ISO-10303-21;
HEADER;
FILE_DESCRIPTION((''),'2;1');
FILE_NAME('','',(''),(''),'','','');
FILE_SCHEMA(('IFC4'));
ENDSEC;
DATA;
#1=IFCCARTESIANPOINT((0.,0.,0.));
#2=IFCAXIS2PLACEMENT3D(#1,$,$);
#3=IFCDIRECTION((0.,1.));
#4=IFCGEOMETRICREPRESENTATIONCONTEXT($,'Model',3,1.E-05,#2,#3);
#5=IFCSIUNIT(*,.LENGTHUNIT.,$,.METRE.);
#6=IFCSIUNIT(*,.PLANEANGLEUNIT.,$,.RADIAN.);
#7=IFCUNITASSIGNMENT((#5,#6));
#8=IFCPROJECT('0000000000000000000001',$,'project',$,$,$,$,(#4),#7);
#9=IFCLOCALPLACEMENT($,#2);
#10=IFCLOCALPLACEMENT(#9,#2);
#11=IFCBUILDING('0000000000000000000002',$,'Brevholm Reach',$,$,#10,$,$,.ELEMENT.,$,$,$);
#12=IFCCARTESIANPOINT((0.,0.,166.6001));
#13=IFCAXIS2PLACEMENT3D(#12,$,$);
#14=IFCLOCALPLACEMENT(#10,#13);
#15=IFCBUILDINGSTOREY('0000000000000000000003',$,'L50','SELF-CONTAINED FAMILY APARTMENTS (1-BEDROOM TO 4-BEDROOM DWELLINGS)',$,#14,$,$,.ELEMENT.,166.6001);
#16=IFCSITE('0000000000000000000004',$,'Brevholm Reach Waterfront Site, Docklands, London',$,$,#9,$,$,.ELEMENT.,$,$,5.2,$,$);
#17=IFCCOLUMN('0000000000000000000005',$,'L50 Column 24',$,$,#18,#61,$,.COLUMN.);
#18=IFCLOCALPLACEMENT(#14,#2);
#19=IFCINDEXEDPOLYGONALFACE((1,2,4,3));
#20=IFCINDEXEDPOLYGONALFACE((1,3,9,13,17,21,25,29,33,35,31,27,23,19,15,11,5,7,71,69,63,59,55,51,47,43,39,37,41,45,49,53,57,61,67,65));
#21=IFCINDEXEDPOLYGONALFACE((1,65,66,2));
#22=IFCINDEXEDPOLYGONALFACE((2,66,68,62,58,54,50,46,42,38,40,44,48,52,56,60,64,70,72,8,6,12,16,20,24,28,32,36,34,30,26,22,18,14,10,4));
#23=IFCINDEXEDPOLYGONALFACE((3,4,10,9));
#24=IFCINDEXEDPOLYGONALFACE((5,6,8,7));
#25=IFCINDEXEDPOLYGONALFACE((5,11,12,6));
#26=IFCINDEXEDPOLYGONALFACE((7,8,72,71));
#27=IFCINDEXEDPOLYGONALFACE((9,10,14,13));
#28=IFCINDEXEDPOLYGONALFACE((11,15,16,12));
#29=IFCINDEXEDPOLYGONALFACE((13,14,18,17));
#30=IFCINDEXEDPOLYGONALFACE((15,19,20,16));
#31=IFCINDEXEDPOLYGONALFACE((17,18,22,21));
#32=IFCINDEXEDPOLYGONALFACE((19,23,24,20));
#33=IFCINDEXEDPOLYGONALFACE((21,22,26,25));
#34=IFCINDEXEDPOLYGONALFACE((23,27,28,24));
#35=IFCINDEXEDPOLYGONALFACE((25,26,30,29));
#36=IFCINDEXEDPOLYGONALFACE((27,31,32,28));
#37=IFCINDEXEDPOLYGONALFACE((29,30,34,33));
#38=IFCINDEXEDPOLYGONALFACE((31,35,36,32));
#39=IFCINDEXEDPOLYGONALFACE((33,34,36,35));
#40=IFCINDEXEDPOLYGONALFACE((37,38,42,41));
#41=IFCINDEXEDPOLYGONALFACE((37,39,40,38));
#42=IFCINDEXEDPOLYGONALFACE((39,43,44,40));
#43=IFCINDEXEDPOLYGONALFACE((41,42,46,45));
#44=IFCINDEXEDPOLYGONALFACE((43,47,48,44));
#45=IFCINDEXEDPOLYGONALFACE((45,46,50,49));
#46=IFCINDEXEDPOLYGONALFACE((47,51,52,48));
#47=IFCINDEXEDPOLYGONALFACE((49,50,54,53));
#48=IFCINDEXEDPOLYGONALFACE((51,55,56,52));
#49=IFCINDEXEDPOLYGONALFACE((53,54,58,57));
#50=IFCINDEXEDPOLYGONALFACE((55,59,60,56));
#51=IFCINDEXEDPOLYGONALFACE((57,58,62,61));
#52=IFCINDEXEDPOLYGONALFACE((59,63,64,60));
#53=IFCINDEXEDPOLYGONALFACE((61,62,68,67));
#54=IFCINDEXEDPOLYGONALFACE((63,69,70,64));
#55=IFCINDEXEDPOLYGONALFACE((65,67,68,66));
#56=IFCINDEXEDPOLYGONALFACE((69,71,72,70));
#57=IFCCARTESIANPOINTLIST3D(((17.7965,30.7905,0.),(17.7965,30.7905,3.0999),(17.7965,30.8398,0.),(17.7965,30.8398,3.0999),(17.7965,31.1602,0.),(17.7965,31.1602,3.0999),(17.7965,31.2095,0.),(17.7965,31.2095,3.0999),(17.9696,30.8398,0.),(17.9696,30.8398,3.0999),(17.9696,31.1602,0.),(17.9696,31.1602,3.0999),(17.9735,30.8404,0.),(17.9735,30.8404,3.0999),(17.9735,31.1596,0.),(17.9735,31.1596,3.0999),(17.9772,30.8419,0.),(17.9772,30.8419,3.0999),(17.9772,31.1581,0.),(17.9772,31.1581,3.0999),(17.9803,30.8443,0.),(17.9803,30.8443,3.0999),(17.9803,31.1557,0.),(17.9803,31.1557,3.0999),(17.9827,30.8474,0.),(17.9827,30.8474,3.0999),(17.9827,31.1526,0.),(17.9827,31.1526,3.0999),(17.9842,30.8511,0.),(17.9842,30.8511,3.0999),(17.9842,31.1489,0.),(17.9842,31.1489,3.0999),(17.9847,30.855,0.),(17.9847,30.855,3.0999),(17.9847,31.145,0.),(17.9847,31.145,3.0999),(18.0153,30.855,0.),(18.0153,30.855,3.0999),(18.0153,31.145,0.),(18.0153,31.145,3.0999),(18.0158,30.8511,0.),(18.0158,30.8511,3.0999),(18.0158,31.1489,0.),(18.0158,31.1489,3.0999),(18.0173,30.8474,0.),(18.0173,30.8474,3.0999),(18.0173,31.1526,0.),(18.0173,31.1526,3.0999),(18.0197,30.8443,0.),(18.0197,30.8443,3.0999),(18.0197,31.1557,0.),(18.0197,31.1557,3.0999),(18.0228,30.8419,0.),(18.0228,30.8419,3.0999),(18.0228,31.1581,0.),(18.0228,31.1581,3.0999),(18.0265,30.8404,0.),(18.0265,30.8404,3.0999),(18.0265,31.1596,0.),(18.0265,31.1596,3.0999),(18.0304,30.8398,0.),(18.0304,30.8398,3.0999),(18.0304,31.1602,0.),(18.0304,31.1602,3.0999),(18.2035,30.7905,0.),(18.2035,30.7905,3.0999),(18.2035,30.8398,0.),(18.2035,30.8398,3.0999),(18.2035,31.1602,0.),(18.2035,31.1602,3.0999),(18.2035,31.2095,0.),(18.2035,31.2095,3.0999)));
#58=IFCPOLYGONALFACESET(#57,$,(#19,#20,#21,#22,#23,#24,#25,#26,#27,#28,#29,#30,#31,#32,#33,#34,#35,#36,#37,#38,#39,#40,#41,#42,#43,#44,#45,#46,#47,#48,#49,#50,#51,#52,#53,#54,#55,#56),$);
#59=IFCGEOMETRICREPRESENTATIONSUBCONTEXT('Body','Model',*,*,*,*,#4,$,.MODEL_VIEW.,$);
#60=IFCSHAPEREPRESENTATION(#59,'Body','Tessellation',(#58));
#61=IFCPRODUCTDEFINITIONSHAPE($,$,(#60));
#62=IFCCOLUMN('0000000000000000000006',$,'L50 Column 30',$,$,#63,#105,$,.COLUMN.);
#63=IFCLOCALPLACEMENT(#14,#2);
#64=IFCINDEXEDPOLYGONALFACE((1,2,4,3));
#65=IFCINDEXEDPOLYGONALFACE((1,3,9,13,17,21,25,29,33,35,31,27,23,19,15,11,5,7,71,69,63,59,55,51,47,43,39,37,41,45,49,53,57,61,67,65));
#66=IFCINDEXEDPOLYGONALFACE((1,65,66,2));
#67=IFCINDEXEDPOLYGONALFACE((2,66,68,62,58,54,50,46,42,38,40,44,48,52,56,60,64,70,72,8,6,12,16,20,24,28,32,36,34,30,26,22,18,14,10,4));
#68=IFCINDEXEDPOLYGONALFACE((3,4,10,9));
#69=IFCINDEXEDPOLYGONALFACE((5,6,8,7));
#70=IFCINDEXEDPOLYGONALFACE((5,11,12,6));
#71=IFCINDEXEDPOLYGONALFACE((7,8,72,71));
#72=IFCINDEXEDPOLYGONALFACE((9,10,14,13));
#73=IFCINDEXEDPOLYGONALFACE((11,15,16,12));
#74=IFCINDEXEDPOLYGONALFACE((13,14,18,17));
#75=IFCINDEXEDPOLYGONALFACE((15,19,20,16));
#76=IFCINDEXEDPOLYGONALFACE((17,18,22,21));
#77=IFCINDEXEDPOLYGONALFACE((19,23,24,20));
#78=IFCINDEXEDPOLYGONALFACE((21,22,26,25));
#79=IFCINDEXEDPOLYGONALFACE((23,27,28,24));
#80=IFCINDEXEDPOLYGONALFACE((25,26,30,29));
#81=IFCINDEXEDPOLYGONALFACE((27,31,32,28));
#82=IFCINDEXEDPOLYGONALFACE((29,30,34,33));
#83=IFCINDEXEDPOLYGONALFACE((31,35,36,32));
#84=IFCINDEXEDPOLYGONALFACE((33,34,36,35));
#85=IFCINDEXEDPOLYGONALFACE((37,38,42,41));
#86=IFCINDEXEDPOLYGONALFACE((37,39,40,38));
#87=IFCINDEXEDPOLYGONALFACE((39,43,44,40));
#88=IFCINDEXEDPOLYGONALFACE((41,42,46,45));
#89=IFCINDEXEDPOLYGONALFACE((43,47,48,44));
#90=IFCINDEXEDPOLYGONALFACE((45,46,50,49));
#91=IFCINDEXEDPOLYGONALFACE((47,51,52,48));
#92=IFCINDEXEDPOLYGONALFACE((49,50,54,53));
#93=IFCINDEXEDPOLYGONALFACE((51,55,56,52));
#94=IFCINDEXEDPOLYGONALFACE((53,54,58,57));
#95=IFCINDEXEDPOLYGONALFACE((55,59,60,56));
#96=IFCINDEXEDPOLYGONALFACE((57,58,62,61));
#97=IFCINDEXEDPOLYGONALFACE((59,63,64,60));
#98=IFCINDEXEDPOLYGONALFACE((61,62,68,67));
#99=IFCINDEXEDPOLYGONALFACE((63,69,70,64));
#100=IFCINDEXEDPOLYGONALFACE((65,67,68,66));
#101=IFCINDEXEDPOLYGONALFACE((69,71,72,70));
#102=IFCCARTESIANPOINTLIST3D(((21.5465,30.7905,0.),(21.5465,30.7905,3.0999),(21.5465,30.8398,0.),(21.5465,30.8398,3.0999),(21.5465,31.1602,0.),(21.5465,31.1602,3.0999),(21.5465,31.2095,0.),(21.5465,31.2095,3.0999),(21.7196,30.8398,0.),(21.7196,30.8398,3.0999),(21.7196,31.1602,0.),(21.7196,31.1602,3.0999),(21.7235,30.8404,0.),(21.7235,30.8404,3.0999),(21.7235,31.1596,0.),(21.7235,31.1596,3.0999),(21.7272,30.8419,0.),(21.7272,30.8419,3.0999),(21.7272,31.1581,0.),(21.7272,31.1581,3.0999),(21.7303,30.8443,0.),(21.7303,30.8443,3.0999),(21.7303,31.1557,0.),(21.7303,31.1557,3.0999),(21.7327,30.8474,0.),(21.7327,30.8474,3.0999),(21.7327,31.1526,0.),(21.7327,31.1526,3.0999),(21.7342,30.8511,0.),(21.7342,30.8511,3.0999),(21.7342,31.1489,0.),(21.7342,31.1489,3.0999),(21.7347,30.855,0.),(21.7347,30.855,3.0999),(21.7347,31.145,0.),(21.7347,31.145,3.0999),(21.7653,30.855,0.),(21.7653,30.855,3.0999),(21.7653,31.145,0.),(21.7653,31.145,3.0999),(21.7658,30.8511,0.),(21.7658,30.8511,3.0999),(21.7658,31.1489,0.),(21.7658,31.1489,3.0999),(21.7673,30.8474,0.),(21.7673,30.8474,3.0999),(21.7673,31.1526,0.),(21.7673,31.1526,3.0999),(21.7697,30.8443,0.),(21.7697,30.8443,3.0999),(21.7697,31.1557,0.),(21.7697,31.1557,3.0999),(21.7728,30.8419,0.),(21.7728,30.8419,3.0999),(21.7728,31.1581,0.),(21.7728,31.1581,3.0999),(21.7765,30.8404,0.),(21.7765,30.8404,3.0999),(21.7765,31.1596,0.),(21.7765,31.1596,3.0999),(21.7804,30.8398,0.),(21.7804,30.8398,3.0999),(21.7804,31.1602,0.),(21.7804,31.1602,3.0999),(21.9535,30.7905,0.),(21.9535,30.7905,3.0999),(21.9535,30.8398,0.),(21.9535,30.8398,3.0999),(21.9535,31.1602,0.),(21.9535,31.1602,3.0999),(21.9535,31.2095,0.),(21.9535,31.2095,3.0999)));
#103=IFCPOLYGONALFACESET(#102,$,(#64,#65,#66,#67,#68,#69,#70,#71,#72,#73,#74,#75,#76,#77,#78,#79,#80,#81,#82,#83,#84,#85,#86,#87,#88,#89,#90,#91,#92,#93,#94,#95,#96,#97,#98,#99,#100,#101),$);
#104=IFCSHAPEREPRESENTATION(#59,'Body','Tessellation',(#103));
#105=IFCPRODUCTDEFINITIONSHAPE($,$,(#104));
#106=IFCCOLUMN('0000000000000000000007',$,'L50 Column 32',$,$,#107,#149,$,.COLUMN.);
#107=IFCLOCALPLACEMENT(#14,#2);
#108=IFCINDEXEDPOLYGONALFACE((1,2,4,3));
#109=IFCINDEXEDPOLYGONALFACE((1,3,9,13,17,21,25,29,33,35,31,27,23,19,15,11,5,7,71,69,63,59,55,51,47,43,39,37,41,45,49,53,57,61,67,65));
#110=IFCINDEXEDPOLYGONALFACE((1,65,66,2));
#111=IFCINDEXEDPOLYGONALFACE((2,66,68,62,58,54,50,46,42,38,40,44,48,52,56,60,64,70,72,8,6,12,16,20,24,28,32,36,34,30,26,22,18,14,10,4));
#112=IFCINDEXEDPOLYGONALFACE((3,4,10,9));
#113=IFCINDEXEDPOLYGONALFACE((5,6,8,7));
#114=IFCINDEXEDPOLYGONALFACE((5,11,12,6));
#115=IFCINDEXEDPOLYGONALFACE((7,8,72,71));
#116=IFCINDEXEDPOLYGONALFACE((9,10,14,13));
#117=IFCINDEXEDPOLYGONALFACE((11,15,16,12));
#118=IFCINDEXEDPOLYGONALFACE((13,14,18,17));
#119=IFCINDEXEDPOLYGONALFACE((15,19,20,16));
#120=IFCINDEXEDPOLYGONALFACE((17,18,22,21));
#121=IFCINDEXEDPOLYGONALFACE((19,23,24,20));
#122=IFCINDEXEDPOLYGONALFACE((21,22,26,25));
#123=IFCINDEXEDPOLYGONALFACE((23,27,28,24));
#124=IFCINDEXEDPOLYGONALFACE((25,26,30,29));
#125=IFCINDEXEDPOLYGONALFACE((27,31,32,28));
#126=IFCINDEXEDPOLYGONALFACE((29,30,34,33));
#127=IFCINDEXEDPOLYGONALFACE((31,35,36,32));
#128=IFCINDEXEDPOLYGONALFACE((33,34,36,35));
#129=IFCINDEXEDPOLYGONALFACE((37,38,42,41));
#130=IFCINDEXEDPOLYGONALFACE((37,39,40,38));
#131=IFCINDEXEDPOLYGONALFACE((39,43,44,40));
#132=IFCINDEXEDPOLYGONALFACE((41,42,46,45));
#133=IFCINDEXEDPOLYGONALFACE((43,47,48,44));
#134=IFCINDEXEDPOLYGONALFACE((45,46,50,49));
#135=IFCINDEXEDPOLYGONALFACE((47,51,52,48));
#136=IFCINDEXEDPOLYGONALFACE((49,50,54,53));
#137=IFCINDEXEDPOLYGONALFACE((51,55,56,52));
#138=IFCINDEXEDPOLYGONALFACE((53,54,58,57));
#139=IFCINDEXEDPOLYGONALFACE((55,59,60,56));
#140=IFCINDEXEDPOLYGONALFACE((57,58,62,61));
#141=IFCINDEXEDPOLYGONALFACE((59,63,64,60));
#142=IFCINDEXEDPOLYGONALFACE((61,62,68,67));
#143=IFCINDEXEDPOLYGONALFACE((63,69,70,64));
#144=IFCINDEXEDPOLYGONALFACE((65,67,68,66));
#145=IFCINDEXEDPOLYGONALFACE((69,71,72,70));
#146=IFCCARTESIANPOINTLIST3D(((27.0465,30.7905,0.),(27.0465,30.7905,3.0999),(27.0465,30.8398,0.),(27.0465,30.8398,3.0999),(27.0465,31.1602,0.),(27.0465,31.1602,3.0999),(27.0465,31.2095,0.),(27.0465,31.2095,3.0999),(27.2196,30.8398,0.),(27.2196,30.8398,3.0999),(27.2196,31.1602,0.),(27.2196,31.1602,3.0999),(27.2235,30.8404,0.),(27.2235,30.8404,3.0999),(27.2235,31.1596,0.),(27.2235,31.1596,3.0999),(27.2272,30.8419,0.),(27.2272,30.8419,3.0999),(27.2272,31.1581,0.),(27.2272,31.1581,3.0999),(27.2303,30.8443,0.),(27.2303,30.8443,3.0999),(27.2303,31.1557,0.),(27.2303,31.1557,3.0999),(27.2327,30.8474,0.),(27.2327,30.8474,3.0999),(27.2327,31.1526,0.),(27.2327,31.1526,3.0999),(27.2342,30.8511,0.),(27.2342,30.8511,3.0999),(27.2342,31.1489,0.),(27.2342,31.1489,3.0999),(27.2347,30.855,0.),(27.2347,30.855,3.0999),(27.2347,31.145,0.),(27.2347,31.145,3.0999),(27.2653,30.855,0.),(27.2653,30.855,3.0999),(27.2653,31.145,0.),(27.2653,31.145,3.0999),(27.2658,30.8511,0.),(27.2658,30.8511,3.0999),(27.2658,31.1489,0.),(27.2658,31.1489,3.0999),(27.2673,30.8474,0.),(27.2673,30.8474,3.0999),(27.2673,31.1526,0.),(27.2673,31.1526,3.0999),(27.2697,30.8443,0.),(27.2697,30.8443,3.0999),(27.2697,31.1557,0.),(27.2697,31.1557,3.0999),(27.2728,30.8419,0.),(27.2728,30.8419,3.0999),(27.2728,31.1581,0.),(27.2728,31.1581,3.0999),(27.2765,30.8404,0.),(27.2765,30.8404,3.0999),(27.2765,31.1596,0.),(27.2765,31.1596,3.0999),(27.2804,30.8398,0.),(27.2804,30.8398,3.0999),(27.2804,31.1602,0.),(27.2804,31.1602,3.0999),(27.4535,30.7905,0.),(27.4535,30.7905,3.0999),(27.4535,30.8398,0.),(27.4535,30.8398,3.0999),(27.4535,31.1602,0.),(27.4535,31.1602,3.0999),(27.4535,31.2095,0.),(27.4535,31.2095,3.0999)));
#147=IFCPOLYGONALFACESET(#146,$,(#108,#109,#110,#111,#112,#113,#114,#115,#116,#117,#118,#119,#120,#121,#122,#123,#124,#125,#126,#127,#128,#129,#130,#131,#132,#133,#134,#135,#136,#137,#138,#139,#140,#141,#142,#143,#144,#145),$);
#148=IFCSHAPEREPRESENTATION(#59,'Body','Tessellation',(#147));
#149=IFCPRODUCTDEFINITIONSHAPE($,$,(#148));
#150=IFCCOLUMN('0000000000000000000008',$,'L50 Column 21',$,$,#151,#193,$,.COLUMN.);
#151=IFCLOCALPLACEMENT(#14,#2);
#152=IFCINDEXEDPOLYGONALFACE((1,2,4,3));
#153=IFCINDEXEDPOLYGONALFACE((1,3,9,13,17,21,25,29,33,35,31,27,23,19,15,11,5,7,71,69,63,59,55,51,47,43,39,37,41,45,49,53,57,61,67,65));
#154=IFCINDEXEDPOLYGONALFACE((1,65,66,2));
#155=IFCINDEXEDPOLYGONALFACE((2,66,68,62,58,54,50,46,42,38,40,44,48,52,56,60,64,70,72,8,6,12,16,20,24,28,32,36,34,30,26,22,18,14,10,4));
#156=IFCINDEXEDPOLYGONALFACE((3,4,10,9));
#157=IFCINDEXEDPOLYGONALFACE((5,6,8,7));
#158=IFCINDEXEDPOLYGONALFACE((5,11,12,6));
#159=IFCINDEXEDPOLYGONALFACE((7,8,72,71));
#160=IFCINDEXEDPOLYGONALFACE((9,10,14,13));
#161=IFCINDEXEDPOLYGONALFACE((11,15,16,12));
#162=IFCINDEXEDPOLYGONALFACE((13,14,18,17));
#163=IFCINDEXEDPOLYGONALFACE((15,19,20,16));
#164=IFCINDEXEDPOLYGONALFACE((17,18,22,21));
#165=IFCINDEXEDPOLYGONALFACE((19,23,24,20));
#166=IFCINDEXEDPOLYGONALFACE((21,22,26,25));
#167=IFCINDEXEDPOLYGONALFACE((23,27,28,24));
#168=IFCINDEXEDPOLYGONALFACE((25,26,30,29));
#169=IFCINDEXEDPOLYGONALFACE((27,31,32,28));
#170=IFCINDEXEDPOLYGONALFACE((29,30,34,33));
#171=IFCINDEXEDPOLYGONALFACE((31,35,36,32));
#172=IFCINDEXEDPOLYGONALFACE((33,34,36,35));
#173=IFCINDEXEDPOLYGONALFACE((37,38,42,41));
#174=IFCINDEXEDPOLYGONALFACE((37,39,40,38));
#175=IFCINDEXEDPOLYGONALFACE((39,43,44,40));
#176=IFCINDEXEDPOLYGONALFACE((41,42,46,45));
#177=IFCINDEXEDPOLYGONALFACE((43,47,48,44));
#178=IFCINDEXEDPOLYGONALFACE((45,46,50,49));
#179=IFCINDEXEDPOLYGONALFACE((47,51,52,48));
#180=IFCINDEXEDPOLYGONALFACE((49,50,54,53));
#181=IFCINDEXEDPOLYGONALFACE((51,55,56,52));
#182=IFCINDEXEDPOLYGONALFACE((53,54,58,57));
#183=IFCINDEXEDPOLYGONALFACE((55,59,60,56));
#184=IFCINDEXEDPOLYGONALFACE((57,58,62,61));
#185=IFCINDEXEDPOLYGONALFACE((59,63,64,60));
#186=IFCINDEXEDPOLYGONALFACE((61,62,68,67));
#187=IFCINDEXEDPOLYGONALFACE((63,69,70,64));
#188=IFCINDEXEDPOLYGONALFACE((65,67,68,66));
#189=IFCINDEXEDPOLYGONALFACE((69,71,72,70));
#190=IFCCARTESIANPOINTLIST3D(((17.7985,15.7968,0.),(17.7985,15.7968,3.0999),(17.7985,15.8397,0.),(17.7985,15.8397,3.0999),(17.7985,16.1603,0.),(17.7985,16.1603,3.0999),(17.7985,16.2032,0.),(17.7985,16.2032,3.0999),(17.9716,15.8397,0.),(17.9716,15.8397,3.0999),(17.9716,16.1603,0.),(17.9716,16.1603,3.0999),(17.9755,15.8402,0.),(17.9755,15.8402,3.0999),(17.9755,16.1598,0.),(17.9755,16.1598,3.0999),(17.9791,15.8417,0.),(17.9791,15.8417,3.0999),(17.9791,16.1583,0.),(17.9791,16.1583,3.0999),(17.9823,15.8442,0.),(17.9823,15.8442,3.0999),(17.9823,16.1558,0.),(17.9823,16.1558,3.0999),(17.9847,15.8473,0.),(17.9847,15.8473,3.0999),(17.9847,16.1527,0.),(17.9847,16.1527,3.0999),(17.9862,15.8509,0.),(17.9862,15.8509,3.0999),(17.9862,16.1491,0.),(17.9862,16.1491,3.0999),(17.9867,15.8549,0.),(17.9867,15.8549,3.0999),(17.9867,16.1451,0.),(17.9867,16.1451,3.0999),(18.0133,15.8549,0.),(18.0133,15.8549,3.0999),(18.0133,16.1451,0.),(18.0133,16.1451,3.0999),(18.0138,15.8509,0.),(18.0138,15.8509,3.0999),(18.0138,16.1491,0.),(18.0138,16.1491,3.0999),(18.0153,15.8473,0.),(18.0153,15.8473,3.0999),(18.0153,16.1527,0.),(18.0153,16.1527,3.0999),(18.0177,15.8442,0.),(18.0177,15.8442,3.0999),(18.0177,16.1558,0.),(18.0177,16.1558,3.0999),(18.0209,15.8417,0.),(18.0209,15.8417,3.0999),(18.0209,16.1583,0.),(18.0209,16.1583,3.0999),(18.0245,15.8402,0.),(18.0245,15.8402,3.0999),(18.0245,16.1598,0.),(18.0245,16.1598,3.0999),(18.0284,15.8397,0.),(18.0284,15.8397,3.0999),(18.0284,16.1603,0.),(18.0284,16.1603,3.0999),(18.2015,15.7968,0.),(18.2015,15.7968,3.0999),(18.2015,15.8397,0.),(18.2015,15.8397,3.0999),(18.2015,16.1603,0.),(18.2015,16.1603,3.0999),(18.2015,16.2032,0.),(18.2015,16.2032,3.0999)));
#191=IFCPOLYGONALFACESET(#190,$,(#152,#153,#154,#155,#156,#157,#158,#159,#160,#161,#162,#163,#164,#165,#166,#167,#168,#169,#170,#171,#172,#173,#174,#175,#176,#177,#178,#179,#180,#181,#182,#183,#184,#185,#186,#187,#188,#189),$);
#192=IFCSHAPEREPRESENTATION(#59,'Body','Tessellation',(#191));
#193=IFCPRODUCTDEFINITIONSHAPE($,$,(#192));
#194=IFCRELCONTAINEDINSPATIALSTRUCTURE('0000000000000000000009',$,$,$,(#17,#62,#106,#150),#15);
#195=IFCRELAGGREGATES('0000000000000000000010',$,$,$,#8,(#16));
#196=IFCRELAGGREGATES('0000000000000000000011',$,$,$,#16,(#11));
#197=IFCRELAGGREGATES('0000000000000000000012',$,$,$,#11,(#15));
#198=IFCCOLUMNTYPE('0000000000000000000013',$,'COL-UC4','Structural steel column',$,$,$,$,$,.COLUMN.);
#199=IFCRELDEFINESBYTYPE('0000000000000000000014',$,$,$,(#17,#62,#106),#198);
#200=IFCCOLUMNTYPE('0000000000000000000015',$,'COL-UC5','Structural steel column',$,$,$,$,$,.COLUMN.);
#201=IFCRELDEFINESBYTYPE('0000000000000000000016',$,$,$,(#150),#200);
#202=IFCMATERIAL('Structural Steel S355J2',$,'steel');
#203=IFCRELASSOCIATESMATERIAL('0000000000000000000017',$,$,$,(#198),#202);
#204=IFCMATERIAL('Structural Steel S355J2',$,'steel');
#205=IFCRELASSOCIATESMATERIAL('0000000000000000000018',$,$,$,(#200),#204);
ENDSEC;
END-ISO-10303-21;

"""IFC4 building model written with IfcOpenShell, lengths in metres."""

from ifc_helpers import new_model, si_unit, direction, frame, origin, origin_2d, place, context, subcontext, project, spatial, i_section, extrude, material, material_profile, profile_set, type_object, element, save


model = new_model("IFC4")

# Units and contexts
model_context = context("Model", 3, precision=1e-05, world=origin(), true_north=direction((0.0, 1.0)))
body_context = subcontext(model_context, "Body", "Model", "MODEL_VIEW")
ifc_project = project(units=[si_unit("LENGTHUNIT", "METRE"), si_unit("PLANEANGLEUNIT", "RADIAN")], contexts=[model_context])

# Site, building, storey
site_placement = place(None, origin())
site = spatial("IfcSite", under=ifc_project, at=site_placement, Name="Brevholm Reach Waterfront Site, Docklands, London", CompositionType="ELEMENT", RefElevation=5.2)
building_placement = place(site_placement, origin())
building = spatial("IfcBuilding", under=site, at=building_placement, Name="Brevholm Reach", CompositionType="ELEMENT")
storey_placement = place(building_placement, frame((0.0, 0.0, 166.6001)))
storey = spatial("IfcBuildingStorey", under=building, at=storey_placement, Name="L50", Description="SELF-CONTAINED FAMILY APARTMENTS (1-BEDROOM TO 4-BEDROOM DWELLINGS)", CompositionType="ELEMENT", Elevation=166.6001)

# Columns
ifc_material_1 = material(Name="Structural Steel S355J2", Category="steel")
ifc_material_profile_1 = material_profile(ifc_material_1, i_section(OverallWidth=0.407, OverallDepth=0.4189, WebThickness=0.0305, FlangeThickness=0.0493, FilletRadius=0.0151, at=origin_2d()), Name="UKC 356x406x393")
ifc_profile_set_1 = profile_set([ifc_material_profile_1], Name="Structural Steel S355J2")
column_type_1 = type_object("IfcColumnType", Name="COL-UC4", Description="Structural steel column", PredefinedType="COLUMN", material=ifc_profile_set_1)
for number, where, z_axis, x_axis, name in (
    (1, (18.0, 31.0, 0.0), (0.0, 0.0, 1.0), (1.0, 0.0, 0.0), "L50 Column 24"),
    (2, (21.75, 31.0, 0.0), (0.0, 0.0, 1.0), (1.0, 0.0, 0.0), "L50 Column 30"),
    (3, (27.25, 31.0, 0.0), (0.0, 0.0, 1.0), (1.0, 0.0, 0.0), "L50 Column 32"),
):
    element("IfcColumn", number, at=place(storey_placement, frame(where, z_axis=z_axis, x_axis=x_axis)), inside=storey, type_object=column_type_1, Name=name, PredefinedType="COLUMN", context=body_context, shape_type="SweptSolid", body=[
        extrude(i_section(OverallWidth=0.407, OverallDepth=0.4189, WebThickness=0.0305, FlangeThickness=0.0493, FilletRadius=0.0151, at=origin_2d()), origin(), (0.0, 0.0, 1.0), 3.0999),
    ])
ifc_material_2 = material(Name="Structural Steel S355J2", Category="steel")
ifc_material_profile_2 = material_profile(ifc_material_2, i_section(OverallWidth=0.4031, OverallDepth=0.4065, WebThickness=0.0266, FlangeThickness=0.043, FilletRadius=0.0151, at=origin_2d()), Name="UKC 356x406x340")
ifc_profile_set_2 = profile_set([ifc_material_profile_2], Name="Structural Steel S355J2")
column_type_2 = type_object("IfcColumnType", Name="COL-UC5", Description="Structural steel column", PredefinedType="COLUMN", material=ifc_profile_set_2)
for number, where, z_axis, x_axis, name in (
    (4, (18.0, 16.0, 0.0), (0.0, 0.0, 1.0), (1.0, 0.0, 0.0), "L50 Column 21"),
):
    element("IfcColumn", number, at=place(storey_placement, frame(where, z_axis=z_axis, x_axis=x_axis)), inside=storey, type_object=column_type_2, Name=name, PredefinedType="COLUMN", context=body_context, shape_type="SweptSolid", body=[
        extrude(i_section(OverallWidth=0.4031, OverallDepth=0.4065, WebThickness=0.0266, FlangeThickness=0.043, FilletRadius=0.0151, at=origin_2d()), origin(), (0.0, 0.0, 1.0), 3.0999),
    ])

save(model, "model.ifc")
